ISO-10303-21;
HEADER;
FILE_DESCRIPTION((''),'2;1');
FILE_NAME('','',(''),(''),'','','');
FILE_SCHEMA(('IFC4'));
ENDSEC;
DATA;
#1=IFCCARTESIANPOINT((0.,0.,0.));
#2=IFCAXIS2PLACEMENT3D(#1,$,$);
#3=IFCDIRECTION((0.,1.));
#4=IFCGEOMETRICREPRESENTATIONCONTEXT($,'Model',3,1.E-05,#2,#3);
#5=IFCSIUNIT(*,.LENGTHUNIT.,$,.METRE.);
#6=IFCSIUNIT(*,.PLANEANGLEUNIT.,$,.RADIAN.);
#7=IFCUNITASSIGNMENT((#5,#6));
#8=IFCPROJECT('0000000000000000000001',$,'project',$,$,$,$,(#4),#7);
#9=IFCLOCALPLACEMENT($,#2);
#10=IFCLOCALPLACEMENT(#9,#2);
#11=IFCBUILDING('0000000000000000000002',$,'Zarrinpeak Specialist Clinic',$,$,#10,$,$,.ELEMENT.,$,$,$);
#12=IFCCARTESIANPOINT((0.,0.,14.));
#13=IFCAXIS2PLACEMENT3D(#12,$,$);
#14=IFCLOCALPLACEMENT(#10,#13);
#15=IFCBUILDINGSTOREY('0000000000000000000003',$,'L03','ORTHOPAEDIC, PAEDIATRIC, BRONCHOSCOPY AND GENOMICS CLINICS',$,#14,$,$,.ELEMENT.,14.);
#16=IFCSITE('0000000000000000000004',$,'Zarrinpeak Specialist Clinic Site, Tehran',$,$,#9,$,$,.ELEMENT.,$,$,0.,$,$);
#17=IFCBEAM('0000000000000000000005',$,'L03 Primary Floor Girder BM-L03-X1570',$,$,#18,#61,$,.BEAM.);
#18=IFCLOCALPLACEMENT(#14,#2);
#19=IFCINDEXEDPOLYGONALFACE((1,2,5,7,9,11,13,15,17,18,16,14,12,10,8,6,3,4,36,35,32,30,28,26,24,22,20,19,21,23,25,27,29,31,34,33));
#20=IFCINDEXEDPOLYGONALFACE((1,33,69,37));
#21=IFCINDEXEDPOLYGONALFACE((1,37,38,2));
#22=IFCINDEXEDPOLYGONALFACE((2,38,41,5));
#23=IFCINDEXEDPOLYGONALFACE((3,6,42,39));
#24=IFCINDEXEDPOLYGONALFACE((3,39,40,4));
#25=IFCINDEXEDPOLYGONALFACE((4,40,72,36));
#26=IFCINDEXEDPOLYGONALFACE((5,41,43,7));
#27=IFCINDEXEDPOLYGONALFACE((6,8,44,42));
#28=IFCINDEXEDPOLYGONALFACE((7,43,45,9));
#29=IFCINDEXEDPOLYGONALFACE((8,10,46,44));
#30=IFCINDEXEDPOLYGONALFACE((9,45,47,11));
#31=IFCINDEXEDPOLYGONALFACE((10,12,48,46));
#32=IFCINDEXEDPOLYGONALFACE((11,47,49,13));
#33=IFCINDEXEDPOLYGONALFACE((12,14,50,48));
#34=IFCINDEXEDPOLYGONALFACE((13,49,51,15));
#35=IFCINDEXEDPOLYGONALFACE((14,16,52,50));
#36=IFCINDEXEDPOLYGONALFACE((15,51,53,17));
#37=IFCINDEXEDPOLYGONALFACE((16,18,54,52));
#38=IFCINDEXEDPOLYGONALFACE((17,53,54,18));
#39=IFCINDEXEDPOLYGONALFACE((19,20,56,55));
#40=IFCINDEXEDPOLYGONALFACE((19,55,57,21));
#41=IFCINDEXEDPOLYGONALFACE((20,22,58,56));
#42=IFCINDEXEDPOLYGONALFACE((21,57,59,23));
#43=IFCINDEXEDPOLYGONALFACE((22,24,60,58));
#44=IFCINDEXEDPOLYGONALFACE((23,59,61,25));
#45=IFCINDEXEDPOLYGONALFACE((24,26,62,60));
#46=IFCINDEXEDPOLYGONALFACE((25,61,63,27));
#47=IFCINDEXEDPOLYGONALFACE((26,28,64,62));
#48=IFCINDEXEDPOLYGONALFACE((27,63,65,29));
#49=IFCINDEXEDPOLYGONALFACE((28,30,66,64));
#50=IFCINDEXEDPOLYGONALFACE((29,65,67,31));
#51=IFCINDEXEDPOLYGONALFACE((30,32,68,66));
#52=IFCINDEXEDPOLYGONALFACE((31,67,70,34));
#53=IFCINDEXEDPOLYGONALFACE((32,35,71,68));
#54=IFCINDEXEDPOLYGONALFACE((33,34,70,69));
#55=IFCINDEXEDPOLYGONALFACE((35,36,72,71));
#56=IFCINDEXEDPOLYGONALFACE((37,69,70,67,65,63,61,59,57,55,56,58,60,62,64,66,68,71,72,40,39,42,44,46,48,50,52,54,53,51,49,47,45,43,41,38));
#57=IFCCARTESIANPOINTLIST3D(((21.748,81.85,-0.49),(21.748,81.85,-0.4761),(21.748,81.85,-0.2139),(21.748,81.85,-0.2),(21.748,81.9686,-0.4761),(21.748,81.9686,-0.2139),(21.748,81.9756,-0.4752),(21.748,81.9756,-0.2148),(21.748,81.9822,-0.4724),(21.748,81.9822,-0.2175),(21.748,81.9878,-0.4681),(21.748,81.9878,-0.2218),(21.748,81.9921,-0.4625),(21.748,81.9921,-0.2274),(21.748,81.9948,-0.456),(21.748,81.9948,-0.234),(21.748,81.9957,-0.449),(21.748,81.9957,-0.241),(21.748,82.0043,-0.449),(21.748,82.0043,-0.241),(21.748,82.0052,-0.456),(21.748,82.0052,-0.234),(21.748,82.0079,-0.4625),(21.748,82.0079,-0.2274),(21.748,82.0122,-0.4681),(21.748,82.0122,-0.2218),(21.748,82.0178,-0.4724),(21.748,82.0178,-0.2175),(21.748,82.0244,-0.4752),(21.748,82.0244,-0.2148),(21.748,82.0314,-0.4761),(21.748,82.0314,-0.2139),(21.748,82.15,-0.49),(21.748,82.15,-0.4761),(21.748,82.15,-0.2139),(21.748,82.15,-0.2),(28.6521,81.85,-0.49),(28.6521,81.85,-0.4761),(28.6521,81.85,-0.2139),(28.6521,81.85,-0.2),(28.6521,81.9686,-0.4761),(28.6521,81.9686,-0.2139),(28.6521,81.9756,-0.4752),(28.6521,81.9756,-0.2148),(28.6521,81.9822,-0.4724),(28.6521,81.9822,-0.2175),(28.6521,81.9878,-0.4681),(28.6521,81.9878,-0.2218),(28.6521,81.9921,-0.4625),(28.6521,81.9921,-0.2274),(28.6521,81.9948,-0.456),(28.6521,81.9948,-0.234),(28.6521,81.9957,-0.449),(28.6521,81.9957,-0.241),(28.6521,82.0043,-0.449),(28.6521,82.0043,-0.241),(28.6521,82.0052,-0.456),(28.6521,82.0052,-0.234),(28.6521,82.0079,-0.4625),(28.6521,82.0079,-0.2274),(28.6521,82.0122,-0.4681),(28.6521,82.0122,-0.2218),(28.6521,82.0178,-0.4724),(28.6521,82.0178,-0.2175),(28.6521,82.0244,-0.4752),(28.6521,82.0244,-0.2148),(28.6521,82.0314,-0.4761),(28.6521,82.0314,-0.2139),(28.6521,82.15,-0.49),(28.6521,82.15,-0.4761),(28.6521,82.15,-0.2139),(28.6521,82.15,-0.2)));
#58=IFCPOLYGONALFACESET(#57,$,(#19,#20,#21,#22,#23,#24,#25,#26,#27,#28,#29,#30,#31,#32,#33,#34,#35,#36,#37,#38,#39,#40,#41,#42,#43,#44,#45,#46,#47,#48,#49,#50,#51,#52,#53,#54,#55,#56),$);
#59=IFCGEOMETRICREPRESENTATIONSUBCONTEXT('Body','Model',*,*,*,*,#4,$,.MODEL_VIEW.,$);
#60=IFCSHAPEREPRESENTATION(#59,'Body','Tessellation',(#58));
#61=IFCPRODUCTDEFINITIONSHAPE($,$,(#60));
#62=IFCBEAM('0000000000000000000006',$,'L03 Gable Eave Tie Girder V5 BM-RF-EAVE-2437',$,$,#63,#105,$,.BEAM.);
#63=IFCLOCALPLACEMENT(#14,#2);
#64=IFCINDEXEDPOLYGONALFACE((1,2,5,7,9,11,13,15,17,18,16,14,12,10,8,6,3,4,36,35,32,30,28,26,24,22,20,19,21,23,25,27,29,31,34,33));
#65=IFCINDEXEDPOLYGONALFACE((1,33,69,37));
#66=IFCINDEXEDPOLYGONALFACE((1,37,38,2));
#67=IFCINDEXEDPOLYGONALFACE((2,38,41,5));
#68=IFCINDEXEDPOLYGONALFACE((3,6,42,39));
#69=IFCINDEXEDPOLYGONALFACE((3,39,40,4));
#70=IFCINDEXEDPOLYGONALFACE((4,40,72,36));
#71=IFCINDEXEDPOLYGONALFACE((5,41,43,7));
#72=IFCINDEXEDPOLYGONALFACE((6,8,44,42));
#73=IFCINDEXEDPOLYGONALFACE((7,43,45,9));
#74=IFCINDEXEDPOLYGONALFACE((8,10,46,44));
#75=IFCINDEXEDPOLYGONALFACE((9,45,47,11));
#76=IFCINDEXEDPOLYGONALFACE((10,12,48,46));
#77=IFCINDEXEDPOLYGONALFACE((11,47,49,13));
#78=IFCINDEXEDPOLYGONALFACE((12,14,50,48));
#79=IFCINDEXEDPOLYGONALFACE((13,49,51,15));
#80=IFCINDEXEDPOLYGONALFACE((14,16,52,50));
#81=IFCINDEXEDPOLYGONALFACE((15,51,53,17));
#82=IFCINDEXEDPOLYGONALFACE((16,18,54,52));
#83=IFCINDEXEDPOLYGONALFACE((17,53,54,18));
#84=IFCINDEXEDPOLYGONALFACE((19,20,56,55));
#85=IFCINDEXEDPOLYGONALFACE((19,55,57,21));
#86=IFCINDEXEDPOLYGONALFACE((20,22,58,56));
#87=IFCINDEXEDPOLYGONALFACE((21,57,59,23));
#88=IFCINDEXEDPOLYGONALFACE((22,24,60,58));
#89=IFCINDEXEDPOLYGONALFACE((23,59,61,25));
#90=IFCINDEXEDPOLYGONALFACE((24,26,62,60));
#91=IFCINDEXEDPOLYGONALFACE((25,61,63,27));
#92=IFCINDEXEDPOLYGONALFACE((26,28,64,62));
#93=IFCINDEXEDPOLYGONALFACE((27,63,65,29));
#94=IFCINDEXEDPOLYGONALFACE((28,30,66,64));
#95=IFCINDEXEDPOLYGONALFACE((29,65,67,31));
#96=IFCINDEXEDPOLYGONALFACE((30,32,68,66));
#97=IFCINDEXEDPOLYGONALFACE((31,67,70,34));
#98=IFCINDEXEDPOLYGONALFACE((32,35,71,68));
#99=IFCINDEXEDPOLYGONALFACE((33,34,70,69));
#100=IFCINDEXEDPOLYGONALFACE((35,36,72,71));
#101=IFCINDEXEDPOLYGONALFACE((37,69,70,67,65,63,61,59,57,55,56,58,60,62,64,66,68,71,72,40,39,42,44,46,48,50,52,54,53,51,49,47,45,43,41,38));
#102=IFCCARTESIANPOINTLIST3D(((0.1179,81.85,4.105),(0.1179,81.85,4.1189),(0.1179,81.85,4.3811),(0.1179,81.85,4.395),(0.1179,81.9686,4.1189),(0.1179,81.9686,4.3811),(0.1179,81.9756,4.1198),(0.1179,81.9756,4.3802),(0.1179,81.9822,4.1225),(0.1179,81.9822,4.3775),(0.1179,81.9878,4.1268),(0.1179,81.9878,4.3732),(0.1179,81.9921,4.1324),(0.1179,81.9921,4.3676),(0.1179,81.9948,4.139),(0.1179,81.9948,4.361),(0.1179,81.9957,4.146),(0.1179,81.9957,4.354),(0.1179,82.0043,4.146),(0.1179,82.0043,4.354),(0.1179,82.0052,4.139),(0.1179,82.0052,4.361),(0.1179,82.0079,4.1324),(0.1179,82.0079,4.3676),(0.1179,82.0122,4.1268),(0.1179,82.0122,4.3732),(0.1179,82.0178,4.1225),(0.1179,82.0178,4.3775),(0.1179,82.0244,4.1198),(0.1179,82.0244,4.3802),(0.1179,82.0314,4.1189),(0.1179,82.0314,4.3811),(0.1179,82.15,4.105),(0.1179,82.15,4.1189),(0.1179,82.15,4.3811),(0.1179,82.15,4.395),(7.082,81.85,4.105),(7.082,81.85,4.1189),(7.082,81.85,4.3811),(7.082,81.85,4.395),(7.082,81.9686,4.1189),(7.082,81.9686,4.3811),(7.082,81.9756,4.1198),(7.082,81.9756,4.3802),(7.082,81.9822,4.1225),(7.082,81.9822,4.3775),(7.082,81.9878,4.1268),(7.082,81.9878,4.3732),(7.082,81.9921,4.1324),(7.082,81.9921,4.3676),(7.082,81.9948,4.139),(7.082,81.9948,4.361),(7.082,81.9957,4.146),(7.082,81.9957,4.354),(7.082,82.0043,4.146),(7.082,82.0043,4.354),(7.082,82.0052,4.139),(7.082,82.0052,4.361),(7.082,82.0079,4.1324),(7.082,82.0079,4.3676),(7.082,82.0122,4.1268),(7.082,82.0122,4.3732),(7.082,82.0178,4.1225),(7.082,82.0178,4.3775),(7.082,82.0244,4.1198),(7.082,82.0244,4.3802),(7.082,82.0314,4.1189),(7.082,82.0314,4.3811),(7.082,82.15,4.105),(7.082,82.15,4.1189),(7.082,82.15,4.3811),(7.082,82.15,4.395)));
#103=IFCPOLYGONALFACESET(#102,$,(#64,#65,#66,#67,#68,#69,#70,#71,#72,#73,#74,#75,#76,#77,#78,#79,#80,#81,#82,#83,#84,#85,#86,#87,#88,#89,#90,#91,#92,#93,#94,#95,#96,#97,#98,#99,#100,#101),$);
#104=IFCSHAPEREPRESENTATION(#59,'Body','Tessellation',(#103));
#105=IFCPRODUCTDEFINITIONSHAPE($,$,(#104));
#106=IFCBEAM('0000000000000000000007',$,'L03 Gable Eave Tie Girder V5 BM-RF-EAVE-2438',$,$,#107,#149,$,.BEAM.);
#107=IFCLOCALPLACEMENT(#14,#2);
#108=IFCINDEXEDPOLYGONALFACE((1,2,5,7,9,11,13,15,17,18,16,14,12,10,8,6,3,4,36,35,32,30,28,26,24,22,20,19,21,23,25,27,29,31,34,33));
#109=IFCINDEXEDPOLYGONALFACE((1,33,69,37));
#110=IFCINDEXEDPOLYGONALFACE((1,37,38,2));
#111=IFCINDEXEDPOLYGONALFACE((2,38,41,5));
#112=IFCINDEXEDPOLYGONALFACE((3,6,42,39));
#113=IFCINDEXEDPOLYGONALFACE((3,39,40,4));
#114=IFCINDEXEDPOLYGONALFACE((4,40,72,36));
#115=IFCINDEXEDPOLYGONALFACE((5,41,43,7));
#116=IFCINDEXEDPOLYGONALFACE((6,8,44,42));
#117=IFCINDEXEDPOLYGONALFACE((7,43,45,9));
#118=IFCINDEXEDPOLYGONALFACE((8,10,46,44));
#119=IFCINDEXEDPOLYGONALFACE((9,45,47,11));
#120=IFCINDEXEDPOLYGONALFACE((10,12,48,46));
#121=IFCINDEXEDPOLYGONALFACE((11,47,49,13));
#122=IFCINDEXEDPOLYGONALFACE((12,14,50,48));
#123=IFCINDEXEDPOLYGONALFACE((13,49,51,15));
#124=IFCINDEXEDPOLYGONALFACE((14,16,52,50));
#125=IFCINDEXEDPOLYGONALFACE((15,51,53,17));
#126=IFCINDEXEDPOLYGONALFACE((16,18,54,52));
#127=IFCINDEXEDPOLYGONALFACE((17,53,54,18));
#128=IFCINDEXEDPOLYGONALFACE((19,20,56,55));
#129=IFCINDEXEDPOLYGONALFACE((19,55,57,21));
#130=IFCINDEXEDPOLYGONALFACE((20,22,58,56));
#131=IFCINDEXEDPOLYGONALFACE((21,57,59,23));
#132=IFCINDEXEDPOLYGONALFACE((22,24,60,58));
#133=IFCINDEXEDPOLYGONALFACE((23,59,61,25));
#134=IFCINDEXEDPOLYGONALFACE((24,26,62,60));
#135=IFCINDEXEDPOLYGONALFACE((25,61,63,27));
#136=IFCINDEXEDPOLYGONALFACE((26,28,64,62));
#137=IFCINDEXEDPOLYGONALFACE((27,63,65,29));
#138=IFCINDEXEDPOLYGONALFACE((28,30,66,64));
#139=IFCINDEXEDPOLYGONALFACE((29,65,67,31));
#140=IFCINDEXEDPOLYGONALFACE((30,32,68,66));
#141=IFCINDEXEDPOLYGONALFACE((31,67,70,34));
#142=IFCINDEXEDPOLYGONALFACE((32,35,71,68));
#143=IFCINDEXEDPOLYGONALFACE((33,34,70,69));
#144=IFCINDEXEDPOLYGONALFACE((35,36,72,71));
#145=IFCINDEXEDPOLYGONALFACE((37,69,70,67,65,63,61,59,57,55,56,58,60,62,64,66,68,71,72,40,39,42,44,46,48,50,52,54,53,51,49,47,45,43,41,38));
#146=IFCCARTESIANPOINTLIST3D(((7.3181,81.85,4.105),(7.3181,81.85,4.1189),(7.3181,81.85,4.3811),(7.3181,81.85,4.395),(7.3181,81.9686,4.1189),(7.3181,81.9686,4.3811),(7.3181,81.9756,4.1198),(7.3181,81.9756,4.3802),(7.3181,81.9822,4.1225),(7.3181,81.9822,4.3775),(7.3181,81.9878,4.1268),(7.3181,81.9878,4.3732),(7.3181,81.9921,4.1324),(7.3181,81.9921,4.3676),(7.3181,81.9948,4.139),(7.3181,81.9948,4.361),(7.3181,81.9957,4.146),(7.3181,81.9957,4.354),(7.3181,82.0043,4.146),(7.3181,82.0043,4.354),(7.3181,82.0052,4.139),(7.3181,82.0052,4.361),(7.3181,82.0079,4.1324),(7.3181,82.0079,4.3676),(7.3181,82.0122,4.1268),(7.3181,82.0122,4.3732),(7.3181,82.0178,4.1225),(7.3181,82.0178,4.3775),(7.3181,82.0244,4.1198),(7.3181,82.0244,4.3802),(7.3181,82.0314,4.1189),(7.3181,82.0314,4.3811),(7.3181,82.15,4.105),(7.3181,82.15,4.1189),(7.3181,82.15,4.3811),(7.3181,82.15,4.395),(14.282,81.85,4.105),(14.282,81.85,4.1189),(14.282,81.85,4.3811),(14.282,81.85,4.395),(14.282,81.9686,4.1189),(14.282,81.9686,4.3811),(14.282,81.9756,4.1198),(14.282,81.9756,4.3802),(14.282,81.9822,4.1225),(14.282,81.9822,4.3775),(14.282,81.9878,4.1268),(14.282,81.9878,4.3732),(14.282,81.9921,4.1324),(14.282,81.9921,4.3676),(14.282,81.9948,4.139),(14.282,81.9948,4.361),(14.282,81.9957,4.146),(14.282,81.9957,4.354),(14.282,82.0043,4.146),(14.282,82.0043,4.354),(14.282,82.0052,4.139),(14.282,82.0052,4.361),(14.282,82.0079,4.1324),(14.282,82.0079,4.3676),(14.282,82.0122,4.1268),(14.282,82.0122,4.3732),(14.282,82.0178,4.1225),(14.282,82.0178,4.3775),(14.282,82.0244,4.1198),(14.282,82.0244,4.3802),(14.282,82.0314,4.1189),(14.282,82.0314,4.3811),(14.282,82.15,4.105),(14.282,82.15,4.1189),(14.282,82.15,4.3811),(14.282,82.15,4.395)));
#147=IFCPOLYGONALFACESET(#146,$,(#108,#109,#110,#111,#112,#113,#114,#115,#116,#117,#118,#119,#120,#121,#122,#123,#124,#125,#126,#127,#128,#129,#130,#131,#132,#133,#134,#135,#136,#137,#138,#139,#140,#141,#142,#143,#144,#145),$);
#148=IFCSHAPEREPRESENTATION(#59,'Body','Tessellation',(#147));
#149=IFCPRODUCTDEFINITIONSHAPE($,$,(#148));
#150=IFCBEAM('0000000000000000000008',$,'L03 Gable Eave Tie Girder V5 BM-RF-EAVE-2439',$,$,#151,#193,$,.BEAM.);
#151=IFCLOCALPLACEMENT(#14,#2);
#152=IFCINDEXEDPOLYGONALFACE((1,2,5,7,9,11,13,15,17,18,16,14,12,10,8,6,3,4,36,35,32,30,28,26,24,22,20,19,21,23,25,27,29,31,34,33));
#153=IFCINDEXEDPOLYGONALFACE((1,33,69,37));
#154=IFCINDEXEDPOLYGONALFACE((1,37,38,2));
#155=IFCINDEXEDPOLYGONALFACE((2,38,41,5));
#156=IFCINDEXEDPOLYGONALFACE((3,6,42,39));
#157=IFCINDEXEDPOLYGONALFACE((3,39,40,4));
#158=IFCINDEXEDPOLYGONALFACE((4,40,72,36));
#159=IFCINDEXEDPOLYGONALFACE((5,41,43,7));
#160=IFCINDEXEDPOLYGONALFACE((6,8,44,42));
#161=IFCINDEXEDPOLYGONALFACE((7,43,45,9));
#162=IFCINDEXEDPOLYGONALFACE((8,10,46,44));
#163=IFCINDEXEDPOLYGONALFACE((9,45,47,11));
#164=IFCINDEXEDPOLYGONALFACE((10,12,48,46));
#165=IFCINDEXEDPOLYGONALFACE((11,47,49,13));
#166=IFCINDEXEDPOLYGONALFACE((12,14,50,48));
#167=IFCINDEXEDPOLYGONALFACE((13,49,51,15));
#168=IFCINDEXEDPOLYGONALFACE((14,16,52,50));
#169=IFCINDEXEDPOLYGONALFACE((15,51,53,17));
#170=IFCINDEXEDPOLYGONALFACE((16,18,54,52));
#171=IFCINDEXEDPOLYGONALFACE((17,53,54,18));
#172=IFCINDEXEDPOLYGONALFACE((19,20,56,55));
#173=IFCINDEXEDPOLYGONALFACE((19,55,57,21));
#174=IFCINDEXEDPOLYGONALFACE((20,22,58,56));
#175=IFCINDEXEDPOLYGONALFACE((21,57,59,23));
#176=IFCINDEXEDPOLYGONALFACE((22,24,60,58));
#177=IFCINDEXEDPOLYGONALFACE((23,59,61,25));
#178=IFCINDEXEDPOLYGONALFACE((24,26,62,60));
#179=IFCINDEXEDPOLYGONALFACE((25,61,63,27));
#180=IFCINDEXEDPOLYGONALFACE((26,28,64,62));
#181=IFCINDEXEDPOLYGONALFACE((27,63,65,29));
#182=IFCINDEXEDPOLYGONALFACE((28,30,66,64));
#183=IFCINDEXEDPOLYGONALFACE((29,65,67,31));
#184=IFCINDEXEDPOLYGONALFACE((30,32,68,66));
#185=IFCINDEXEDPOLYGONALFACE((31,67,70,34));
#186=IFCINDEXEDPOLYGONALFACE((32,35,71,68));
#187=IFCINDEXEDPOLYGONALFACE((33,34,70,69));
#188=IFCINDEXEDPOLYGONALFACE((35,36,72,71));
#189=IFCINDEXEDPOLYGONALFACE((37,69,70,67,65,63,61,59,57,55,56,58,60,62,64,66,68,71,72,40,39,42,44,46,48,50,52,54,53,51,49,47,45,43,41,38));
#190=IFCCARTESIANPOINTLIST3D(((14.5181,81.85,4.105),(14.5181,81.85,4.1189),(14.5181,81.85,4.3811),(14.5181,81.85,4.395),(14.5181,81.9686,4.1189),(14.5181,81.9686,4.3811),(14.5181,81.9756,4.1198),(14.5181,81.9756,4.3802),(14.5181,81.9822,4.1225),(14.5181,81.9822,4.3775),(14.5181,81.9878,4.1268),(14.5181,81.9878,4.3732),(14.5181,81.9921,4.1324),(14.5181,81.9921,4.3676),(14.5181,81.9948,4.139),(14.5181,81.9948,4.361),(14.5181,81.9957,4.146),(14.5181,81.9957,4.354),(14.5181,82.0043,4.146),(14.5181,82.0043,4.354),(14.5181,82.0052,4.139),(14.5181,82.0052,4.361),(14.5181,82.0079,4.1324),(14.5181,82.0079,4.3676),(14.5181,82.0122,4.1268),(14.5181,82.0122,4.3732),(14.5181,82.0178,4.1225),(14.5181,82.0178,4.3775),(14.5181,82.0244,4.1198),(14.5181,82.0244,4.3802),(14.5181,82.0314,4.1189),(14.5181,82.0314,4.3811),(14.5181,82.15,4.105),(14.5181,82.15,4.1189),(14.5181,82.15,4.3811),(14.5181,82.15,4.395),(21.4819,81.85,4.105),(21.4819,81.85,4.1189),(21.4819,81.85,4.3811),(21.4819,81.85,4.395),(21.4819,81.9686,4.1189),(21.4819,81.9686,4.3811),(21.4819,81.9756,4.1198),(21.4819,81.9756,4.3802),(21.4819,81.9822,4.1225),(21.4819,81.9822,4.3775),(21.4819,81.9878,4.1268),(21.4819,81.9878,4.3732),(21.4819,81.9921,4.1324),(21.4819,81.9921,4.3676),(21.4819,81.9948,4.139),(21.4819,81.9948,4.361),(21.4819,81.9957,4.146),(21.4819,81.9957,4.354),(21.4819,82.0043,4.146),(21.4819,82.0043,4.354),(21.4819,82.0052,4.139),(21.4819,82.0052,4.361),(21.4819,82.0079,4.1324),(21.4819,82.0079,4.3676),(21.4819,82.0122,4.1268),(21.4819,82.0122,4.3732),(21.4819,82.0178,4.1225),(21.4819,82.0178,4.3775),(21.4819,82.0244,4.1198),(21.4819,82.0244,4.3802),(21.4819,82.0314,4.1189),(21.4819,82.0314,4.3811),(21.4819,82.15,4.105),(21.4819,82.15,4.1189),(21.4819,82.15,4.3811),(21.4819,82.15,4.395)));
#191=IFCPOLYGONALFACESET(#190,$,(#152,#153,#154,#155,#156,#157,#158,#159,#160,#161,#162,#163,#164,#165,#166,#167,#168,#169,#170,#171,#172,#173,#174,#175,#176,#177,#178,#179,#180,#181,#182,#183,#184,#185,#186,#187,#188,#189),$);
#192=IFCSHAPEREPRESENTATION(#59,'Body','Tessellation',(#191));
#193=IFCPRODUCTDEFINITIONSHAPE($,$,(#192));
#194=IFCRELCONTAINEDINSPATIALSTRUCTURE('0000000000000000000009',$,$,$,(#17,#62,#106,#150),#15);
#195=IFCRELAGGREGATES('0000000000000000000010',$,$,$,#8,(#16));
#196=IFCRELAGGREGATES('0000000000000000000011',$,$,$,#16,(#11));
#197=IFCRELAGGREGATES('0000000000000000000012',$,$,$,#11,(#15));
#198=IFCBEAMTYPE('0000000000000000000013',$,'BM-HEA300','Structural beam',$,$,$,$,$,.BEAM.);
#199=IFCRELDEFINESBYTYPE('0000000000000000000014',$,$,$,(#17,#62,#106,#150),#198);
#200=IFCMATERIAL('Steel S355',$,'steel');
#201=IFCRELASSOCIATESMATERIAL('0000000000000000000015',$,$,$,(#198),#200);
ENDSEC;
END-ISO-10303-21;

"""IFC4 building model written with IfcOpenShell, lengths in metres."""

from ifc_helpers import new_model, si_unit, direction, frame, origin, origin_2d, place, context, subcontext, project, spatial, i_section, extrude, material, material_profile, profile_set, type_object, element, save


model = new_model("IFC4")

# Units and contexts
model_context = context("Model", 3, precision=1e-05, world=origin(), true_north=direction((0.0, 1.0)))
body_context = subcontext(model_context, "Body", "Model", "MODEL_VIEW")
ifc_project = project(units=[si_unit("LENGTHUNIT", "METRE"), si_unit("PLANEANGLEUNIT", "RADIAN")], contexts=[model_context])

# Site, building, storey
site_placement = place(None, origin())
site = spatial("IfcSite", under=ifc_project, at=site_placement, Name="Zarrinpeak Specialist Clinic Site, Tehran", CompositionType="ELEMENT", RefElevation=0.0)
building_placement = place(site_placement, origin())
building = spatial("IfcBuilding", under=site, at=building_placement, Name="Zarrinpeak Specialist Clinic", CompositionType="ELEMENT")
storey_placement = place(building_placement, frame((0.0, 0.0, 14.0)))
storey = spatial("IfcBuildingStorey", under=building, at=storey_placement, Name="L03", Description="ORTHOPAEDIC, PAEDIATRIC, BRONCHOSCOPY AND GENOMICS CLINICS", CompositionType="ELEMENT", Elevation=14.0)

# Shared definitions
ifc_material_1 = material(Name="Steel S355", Category="steel")

# Beams
ifc_material_profile_1 = material_profile(ifc_material_1, i_section(OverallWidth=0.3, OverallDepth=0.29, WebThickness=0.0085, FlangeThickness=0.0139, FilletRadius=0.0271, at=origin_2d()), Name="HEA 300")
ifc_profile_set_1 = profile_set([ifc_material_profile_1], Name="Steel S355")
beam_type_1 = type_object("IfcBeamType", Name="BM-HEA300", Description="Structural beam", PredefinedType="BEAM", material=ifc_profile_set_1)
beam_1_placement = place(storey_placement, frame((21.748, 82.0, -0.345), z_axis=(1.0, 0.0, 0.0), x_axis=(0.0, 1.0, 0.0)))
element("IfcBeam", 1, at=beam_1_placement, inside=storey, type_object=beam_type_1, Name="L03 Primary Floor Girder BM-L03-X1570", PredefinedType="BEAM", context=body_context, shape_type="SweptSolid", body=[
    extrude(i_section(OverallWidth=0.3, OverallDepth=0.29, WebThickness=0.0085, FlangeThickness=0.0139, FilletRadius=0.0271, at=origin_2d()), origin(), (0.0, 0.0, 1.0), 6.9041),
])
beam_2_placement = place(storey_placement, frame((0.1179, 82.0, 4.25), z_axis=(1.0, 0.0, 0.0), x_axis=(0.0, 1.0, 0.0)))
element("IfcBeam", 2, at=beam_2_placement, inside=storey, type_object=beam_type_1, Name="L03 Gable Eave Tie Girder V5 BM-RF-EAVE-2437", PredefinedType="BEAM", context=body_context, shape_type="SweptSolid", body=[
    extrude(i_section(OverallWidth=0.3, OverallDepth=0.29, WebThickness=0.0085, FlangeThickness=0.0139, FilletRadius=0.0271, at=origin_2d()), origin(), (0.0, 0.0, 1.0), 6.9641),
])
for number, where, z_axis, x_axis, name in (
    (3, (7.3181, 82.0, 4.25), (1.0, 0.0, 0.0), (0.0, 1.0, 0.0), "L03 Gable Eave Tie Girder V5 BM-RF-EAVE-2438"),
    (4, (14.5181, 82.0, 4.25), (1.0, 0.0, 0.0), (0.0, 1.0, 0.0), "L03 Gable Eave Tie Girder V5 BM-RF-EAVE-2439"),
):
    element("IfcBeam", number, at=place(storey_placement, frame(where, z_axis=z_axis, x_axis=x_axis)), inside=storey, type_object=beam_type_1, Name=name, PredefinedType="BEAM", context=body_context, shape_type="SweptSolid", body=[
        extrude(i_section(OverallWidth=0.3, OverallDepth=0.29, WebThickness=0.0085, FlangeThickness=0.0139, FilletRadius=0.0271, at=origin_2d()), origin(), (0.0, 0.0, 1.0), 6.9639),
    ])

save(model, "model.ifc")
